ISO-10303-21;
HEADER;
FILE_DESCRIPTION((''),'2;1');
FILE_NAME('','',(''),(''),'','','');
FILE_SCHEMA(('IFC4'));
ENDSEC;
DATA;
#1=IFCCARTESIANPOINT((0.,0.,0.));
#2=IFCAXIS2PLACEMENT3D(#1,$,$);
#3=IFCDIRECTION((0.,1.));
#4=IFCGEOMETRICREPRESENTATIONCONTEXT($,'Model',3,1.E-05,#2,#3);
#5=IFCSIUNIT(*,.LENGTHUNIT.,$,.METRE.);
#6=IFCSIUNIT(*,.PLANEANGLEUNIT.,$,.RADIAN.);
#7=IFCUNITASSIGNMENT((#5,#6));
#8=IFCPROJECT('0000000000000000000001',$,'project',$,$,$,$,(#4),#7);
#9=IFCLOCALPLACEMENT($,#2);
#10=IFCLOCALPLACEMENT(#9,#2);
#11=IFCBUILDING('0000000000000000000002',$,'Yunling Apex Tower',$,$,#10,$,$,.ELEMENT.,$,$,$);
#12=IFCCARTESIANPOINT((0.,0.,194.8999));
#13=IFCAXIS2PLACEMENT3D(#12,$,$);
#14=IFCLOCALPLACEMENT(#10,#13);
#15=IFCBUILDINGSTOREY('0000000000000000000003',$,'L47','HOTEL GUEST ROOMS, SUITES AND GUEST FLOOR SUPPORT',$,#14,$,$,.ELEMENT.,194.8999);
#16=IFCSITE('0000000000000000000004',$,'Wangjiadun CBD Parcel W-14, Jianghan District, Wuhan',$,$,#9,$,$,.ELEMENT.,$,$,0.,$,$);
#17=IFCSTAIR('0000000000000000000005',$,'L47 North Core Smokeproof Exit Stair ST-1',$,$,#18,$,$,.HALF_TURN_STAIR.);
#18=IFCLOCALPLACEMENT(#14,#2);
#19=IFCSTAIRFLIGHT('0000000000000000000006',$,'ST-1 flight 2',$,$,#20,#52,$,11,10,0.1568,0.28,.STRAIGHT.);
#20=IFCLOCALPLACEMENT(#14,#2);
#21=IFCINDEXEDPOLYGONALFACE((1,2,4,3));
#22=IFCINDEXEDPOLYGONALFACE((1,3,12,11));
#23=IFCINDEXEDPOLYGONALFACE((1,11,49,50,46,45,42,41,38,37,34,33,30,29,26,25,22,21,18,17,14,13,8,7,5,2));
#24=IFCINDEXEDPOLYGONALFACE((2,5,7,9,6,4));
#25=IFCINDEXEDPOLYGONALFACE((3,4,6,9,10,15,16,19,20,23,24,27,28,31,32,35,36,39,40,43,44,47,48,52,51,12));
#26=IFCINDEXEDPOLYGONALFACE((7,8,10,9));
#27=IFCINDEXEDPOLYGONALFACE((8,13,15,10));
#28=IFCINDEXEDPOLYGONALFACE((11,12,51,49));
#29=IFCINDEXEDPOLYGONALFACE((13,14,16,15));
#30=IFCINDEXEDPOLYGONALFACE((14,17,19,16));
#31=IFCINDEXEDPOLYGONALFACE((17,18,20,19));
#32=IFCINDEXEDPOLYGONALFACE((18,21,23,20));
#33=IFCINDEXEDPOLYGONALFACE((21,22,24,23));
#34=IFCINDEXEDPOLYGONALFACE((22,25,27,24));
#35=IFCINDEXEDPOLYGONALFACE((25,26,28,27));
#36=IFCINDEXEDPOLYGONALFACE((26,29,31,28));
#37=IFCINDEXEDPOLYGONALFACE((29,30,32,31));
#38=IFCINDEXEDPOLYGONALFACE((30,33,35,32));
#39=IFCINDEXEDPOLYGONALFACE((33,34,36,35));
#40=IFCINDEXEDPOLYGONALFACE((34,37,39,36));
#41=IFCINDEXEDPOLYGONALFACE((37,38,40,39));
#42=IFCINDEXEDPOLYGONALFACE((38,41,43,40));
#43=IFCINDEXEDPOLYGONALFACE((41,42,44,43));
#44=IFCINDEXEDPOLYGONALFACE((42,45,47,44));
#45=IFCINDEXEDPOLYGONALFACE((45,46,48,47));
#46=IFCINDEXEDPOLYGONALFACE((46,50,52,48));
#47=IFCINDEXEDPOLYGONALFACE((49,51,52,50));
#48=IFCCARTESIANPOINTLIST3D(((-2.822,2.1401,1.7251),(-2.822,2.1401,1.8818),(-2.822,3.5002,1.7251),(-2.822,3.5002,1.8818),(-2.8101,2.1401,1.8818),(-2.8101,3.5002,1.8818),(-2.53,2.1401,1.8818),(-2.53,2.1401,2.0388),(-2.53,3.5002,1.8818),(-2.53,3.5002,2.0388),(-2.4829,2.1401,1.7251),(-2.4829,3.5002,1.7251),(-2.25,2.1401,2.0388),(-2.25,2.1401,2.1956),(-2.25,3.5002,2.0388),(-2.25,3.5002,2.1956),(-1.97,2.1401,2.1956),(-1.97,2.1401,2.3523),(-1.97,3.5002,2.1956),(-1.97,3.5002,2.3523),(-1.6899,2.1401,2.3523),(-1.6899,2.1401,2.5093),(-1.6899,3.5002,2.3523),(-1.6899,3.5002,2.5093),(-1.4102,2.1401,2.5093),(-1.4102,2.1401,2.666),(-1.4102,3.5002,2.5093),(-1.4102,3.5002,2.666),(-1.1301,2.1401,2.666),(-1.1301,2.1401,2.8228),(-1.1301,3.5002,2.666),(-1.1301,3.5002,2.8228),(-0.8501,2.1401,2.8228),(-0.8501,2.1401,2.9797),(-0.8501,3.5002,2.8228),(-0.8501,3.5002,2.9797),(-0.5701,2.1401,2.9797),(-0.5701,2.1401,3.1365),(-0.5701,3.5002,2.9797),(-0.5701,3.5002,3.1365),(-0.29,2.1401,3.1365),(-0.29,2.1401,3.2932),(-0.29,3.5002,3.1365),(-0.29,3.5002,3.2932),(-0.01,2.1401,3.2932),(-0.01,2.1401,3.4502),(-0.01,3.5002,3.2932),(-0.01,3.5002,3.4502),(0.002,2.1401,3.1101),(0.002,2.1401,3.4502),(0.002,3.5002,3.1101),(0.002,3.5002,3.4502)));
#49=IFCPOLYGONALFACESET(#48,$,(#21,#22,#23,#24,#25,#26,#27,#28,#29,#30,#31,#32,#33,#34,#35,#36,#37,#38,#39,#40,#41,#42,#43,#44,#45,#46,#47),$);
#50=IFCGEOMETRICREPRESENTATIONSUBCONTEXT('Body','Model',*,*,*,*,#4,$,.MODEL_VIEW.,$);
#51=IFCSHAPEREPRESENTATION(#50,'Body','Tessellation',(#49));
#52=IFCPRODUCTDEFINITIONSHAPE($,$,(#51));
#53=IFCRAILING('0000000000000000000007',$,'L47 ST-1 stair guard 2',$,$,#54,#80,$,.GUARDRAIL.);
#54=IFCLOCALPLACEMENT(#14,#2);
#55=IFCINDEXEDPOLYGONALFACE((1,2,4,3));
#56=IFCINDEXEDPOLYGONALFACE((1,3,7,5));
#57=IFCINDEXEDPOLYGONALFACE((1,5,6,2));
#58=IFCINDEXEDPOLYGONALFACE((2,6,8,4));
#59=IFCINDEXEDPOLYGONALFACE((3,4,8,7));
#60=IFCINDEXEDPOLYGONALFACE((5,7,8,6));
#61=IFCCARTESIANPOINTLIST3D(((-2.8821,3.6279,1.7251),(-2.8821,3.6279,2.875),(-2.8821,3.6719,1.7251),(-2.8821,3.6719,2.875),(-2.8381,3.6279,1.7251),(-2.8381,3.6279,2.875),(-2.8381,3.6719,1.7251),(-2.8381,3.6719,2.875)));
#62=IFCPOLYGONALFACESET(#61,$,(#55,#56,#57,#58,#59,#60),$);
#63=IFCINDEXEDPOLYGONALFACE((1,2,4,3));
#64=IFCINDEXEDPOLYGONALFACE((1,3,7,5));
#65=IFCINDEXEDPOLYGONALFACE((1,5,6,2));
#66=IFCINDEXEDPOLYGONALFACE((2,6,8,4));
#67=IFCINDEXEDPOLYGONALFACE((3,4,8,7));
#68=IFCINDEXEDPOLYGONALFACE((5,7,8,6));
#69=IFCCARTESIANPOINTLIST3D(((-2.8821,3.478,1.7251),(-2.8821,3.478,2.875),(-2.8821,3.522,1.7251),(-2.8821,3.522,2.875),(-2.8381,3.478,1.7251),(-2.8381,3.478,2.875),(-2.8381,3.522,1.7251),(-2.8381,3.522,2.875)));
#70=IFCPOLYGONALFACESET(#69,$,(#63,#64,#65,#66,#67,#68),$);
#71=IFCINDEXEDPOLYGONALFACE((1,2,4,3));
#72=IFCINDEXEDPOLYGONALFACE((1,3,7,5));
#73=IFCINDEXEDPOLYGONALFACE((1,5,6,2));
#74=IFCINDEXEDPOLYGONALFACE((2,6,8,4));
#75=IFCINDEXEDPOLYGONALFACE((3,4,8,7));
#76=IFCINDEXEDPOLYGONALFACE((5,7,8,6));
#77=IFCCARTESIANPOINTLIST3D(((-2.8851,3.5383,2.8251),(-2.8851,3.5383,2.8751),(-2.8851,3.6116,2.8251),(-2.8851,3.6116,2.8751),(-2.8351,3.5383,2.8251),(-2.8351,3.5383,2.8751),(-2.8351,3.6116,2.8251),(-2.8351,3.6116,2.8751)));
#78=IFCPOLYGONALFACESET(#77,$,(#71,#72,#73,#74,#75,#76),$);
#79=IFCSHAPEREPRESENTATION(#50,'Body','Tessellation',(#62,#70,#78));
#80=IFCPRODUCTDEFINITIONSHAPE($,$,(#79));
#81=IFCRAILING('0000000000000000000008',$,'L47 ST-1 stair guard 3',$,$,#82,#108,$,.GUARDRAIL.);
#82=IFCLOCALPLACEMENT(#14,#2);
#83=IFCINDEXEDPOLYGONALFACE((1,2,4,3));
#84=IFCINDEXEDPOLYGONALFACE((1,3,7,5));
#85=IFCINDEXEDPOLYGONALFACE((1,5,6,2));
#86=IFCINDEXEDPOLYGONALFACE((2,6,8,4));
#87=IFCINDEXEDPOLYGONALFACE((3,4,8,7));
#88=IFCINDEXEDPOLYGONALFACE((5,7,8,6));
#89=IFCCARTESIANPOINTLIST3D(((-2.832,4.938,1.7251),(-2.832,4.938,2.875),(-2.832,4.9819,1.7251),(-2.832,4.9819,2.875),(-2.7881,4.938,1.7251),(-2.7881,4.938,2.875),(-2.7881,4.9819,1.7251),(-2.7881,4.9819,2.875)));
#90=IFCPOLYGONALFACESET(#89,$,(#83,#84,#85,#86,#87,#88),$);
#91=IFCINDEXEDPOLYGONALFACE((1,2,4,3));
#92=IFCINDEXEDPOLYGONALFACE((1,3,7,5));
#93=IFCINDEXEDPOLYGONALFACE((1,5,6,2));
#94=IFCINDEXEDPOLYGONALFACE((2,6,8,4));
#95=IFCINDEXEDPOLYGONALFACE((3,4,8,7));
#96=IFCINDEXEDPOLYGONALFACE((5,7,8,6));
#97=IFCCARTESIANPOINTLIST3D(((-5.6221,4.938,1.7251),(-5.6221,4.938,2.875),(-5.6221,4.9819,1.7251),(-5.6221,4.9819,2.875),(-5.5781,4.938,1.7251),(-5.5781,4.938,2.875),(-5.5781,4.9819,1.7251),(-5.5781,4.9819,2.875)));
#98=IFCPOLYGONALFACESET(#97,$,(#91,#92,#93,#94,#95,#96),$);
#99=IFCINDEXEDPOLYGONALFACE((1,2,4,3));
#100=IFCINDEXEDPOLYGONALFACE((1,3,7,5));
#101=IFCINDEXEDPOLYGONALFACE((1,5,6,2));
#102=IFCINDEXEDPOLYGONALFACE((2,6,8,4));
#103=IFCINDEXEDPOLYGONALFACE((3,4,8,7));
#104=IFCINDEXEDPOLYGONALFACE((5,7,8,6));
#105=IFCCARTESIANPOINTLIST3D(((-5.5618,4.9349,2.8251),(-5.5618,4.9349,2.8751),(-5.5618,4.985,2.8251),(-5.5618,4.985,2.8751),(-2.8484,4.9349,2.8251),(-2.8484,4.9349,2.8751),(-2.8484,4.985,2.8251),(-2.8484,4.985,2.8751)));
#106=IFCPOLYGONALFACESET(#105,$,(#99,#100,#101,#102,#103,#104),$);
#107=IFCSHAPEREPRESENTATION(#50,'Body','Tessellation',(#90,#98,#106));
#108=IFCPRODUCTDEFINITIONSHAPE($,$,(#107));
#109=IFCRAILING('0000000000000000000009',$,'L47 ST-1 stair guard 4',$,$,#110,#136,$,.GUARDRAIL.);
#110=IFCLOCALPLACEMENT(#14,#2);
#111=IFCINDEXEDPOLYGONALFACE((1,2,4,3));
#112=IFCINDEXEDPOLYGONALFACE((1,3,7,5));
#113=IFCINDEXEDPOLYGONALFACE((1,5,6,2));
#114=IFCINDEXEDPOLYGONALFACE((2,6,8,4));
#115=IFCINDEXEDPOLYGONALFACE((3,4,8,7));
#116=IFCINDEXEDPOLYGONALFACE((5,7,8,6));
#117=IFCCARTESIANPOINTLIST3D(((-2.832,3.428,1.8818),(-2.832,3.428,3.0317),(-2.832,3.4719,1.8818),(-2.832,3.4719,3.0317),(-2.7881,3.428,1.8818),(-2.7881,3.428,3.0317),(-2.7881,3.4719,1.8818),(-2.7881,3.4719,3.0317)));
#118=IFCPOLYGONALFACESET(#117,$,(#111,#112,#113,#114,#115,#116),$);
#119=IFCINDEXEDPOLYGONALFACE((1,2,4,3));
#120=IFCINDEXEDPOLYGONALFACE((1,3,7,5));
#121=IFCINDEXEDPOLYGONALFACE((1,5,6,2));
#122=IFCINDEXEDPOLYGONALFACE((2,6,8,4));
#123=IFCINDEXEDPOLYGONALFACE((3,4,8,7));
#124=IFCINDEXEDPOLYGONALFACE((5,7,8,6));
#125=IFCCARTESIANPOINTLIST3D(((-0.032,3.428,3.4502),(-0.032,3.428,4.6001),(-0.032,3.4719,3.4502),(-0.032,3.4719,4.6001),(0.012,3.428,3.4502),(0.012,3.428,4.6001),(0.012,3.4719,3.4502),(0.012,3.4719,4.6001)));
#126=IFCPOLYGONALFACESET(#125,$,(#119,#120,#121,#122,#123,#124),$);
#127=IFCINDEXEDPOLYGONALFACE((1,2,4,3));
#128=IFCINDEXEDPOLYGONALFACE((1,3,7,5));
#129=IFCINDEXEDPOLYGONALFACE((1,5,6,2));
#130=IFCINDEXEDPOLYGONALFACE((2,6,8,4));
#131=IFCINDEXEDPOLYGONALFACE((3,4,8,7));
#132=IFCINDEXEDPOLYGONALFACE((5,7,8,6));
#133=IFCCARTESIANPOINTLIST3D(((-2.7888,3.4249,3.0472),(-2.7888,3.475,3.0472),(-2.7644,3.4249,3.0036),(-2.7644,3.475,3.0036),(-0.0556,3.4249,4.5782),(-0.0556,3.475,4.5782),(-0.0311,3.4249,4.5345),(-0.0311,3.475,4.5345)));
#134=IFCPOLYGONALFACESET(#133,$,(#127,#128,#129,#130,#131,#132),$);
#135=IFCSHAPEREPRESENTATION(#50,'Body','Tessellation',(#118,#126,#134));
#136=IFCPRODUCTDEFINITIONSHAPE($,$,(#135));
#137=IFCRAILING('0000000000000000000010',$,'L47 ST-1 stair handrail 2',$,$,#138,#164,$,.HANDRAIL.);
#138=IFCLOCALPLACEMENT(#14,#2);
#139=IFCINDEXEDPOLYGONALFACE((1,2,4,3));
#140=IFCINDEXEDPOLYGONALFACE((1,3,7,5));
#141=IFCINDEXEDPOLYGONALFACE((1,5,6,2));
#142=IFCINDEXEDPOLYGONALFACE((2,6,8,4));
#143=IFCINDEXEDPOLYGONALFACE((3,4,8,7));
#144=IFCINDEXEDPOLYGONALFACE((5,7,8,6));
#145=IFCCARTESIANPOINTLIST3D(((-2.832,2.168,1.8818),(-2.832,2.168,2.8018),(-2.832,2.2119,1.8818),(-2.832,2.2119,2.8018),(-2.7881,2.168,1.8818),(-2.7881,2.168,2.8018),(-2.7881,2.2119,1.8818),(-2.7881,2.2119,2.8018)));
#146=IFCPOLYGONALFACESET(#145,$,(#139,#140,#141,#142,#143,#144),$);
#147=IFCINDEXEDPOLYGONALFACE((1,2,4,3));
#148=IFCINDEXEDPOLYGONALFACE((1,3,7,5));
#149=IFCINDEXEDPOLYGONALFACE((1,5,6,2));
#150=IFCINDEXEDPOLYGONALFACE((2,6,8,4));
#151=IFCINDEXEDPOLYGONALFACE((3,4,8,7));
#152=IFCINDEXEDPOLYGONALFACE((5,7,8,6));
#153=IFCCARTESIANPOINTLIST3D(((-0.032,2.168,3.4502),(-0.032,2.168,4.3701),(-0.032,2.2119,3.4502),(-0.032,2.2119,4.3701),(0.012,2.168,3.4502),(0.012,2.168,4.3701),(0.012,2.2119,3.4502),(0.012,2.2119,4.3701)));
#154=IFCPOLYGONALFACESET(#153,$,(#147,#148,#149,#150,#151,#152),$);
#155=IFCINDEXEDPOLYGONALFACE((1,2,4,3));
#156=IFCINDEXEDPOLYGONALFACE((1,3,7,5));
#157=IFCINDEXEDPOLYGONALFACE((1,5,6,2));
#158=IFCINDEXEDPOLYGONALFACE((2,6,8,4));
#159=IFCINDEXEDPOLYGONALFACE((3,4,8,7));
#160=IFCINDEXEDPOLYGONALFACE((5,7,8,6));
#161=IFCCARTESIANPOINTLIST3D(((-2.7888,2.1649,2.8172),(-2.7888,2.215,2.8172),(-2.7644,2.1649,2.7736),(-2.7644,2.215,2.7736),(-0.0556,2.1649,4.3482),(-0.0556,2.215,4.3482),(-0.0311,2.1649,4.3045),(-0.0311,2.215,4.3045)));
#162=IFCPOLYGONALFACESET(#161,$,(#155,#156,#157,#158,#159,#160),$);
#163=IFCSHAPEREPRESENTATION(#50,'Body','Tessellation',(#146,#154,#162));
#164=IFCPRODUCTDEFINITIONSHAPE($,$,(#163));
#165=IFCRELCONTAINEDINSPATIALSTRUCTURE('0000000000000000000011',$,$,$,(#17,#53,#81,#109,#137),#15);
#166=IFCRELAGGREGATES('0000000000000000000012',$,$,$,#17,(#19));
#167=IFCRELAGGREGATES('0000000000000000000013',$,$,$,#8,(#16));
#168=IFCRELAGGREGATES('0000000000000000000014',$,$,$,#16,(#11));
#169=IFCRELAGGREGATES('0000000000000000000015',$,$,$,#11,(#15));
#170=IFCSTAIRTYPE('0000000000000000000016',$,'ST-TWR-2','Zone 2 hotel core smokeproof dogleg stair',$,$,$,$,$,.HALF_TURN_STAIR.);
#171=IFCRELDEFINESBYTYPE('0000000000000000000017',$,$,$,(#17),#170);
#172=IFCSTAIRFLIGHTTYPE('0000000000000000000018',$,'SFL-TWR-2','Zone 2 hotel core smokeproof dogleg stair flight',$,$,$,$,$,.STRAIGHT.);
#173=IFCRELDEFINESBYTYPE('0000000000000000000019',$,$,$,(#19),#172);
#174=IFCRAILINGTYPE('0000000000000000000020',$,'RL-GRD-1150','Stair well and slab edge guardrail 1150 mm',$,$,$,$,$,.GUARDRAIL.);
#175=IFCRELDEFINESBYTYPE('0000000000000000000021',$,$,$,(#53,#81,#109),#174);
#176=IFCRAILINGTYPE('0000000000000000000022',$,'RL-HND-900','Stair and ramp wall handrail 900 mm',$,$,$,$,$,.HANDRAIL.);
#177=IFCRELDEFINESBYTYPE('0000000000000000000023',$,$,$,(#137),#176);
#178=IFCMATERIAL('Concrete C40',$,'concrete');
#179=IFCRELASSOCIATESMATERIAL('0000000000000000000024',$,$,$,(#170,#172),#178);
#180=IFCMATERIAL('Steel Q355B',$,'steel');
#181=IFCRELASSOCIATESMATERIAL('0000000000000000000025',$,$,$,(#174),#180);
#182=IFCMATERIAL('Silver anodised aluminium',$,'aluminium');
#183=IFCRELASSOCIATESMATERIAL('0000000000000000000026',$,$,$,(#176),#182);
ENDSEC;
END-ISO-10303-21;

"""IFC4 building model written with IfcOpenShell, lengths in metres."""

from ifc_helpers import new_model, si_unit, direction, frame, origin, origin_2d, place, context, subcontext, project, spatial, polyline, rectangle, outline, extrude, material, type_object, element, aggregate, save


model = new_model("IFC4")

# Units and contexts
model_context = context("Model", 3, precision=1e-05, world=origin(), true_north=direction((0.0, 1.0)))
body_context = subcontext(model_context, "Body", "Model", "MODEL_VIEW")
ifc_project = project(units=[si_unit("LENGTHUNIT", "METRE"), si_unit("PLANEANGLEUNIT", "RADIAN")], contexts=[model_context])

# Site, building, storey
site_placement = place(None, origin())
site = spatial("IfcSite", under=ifc_project, at=site_placement, Name="Wangjiadun CBD Parcel W-14, Jianghan District, Wuhan", CompositionType="ELEMENT", RefElevation=0.0)
building_placement = place(site_placement, origin())
building = spatial("IfcBuilding", under=site, at=building_placement, Name="Yunling Apex Tower", CompositionType="ELEMENT")
storey_placement = place(building_placement, frame((0.0, 0.0, 194.8999)))
storey = spatial("IfcBuildingStorey", under=building, at=storey_placement, Name="L47", Description="HOTEL GUEST ROOMS, SUITES AND GUEST FLOOR SUPPORT", CompositionType="ELEMENT", Elevation=194.8999)

# Shared definitions
ifc_material_1 = material(Name="Steel Q355B", Category="steel")

# Shared definitions
ifc_material_2 = material(Name="Concrete C40", Category="concrete")

# Shared definitions
ifc_material_3 = material(Name="Silver anodised aluminium", Category="aluminium")

# Stair, stair flight
stair_type = type_object("IfcStairType", Name="ST-TWR-2", Description="Zone 2 hotel core smokeproof dogleg stair", PredefinedType="HALF_TURN_STAIR", material=ifc_material_2)
stair_placement = place(storey_placement, origin())
stair = element("IfcStair", 1, at=stair_placement, inside=storey, type_object=stair_type, Name="L47 North Core Smokeproof Exit Stair ST-1", PredefinedType="HALF_TURN_STAIR")
stair_flight_type = type_object("IfcStairFlightType", Name="SFL-TWR-2", Description="Zone 2 hotel core smokeproof dogleg stair flight", PredefinedType="STRAIGHT", material=ifc_material_2)
stair_flight_placement = place(storey_placement, frame((-2.8101, 2.8201, 1.7251), z_axis=(0.0, 0.0, 1.0), x_axis=(1.0, 0.0, 0.0)))
stair_flight = element("IfcStairFlight", 2, at=stair_flight_placement, type_object=stair_flight_type, Name="ST-1 flight 2", NumberOfRisers=11, NumberOfTreads=10, PredefinedType="STRAIGHT", RiserHeight=0.1568, TreadLength=0.28, context=body_context, shape_type="SweptSolid", body=[
    extrude(outline(polyline([(-0.012, 0.0), (-0.012, 0.1567), (0.0, 0.1567), (0.28, 0.1567), (0.28, 0.3137), (0.5601, 0.3137), (0.5601, 0.4705), (0.8401, 0.4705), (0.8401, 0.6272), (1.1201, 0.6272), (1.1201, 0.7842), (1.3999, 0.7842), (1.3999, 0.9409), (1.6799, 0.9409), (1.6799, 1.0977), (1.96, 1.0977), (1.96, 1.2546), (2.24, 1.2546), (2.24, 1.4114), (2.52, 1.4114), (2.52, 1.5681), (2.8, 1.5681), (2.8, 1.7251), (2.812, 1.7251), (2.812, 1.385), (0.3271, 0.0), (-0.012, 0.0)])), frame((0.0, 0.6802, 0.0), z_axis=(0.0, -1.0, 0.0), x_axis=(1.0, 0.0, 0.0)), (0.0, 0.0, 1.0), 1.3601),
])
aggregate(stair, [stair_flight])

# Railings
railing_type_1 = type_object("IfcRailingType", Name="RL-GRD-1150", Description="Stair well and slab edge guardrail 1150 mm", PredefinedType="GUARDRAIL", material=ifc_material_1)
railing_1_placement = place(storey_placement, frame((-2.8601, 3.6499, 1.7251)))
element("IfcRailing", 3, at=railing_1_placement, inside=storey, type_object=railing_type_1, Name="L47 ST-1 stair guard 2", PredefinedType="GUARDRAIL", context=body_context, shape_type="SweptSolid", body=[
    extrude(rectangle(XDim=0.0439, YDim=0.0439, at=origin_2d()), origin(), (0.0, 0.0, 1.0), 1.1499),
    extrude(rectangle(XDim=0.0439, YDim=0.0439, at=origin_2d()), frame((0.0, -0.1499, 0.0)), (0.0, 0.0, 1.0), 1.1499),
    extrude(rectangle(XDim=0.05, YDim=0.05, at=origin_2d()), frame((0.0, -0.0383, 1.125), z_axis=(0.0, -1.0, 0.0), x_axis=(1.0, 0.0, 0.0)), (0.0, 0.0, 1.0), 0.0732),
])
railing_2_placement = place(storey_placement, frame((-2.8101, 4.96, 1.7251)))
element("IfcRailing", 4, at=railing_2_placement, inside=storey, type_object=railing_type_1, Name="L47 ST-1 stair guard 3", PredefinedType="GUARDRAIL", context=body_context, shape_type="SweptSolid", body=[
    extrude(rectangle(XDim=0.0439, YDim=0.0439, at=origin_2d()), origin(), (0.0, 0.0, 1.0), 1.1499),
    extrude(rectangle(XDim=0.0439, YDim=0.0439, at=origin_2d()), frame((-2.79, 0.0, 0.0)), (0.0, 0.0, 1.0), 1.1499),
    extrude(rectangle(XDim=0.05, YDim=0.05, at=origin_2d()), frame((-0.0383, 0.0, 1.125), z_axis=(-1.0, 0.0, 0.0), x_axis=(0.0, -1.0, 0.0)), (0.0, 0.0, 1.0), 2.7134),
])
railing_3_placement = place(storey_placement, frame((-2.8101, 3.45, 1.8818)))
element("IfcRailing", 5, at=railing_3_placement, inside=storey, type_object=railing_type_1, Name="L47 ST-1 stair guard 4", PredefinedType="GUARDRAIL", context=body_context, shape_type="SweptSolid", body=[
    extrude(rectangle(XDim=0.0439, YDim=0.0439, at=origin_2d()), origin(), (0.0, 0.0, 1.0), 1.1499),
    extrude(rectangle(XDim=0.0439, YDim=0.0439, at=origin_2d()), frame((2.8, 0.0, 1.5684)), (0.0, 0.0, 1.0), 1.1499),
    extrude(rectangle(XDim=0.05, YDim=0.05, at=origin_2d()), frame((0.0334, 0.0, 1.1436), z_axis=(0.872462, 0.0, 0.488682), x_axis=(0.0, 1.0, 0.0)), (0.0, 0.0, 1.0), 3.1328),
])
railing_type_2 = type_object("IfcRailingType", Name="RL-HND-900", Description="Stair and ramp wall handrail 900 mm", PredefinedType="HANDRAIL", material=ifc_material_3)
railing_4_placement = place(storey_placement, frame((-2.8101, 2.1899, 1.8818)))
element("IfcRailing", 6, at=railing_4_placement, inside=storey, type_object=railing_type_2, Name="L47 ST-1 stair handrail 2", PredefinedType="HANDRAIL", context=body_context, shape_type="SweptSolid", body=[
    extrude(rectangle(XDim=0.0439, YDim=0.0439, at=origin_2d()), origin(), (0.0, 0.0, 1.0), 0.9199),
    extrude(rectangle(XDim=0.0439, YDim=0.0439, at=origin_2d()), frame((2.8, 0.0, 1.5684)), (0.0, 0.0, 1.0), 0.9199),
    extrude(rectangle(XDim=0.05, YDim=0.05, at=origin_2d()), frame((0.0334, 0.0, 0.9136), z_axis=(0.872462, 0.0, 0.488682), x_axis=(0.0, 1.0, 0.0)), (0.0, 0.0, 1.0), 3.1328),
])

save(model, "model.ifc")
